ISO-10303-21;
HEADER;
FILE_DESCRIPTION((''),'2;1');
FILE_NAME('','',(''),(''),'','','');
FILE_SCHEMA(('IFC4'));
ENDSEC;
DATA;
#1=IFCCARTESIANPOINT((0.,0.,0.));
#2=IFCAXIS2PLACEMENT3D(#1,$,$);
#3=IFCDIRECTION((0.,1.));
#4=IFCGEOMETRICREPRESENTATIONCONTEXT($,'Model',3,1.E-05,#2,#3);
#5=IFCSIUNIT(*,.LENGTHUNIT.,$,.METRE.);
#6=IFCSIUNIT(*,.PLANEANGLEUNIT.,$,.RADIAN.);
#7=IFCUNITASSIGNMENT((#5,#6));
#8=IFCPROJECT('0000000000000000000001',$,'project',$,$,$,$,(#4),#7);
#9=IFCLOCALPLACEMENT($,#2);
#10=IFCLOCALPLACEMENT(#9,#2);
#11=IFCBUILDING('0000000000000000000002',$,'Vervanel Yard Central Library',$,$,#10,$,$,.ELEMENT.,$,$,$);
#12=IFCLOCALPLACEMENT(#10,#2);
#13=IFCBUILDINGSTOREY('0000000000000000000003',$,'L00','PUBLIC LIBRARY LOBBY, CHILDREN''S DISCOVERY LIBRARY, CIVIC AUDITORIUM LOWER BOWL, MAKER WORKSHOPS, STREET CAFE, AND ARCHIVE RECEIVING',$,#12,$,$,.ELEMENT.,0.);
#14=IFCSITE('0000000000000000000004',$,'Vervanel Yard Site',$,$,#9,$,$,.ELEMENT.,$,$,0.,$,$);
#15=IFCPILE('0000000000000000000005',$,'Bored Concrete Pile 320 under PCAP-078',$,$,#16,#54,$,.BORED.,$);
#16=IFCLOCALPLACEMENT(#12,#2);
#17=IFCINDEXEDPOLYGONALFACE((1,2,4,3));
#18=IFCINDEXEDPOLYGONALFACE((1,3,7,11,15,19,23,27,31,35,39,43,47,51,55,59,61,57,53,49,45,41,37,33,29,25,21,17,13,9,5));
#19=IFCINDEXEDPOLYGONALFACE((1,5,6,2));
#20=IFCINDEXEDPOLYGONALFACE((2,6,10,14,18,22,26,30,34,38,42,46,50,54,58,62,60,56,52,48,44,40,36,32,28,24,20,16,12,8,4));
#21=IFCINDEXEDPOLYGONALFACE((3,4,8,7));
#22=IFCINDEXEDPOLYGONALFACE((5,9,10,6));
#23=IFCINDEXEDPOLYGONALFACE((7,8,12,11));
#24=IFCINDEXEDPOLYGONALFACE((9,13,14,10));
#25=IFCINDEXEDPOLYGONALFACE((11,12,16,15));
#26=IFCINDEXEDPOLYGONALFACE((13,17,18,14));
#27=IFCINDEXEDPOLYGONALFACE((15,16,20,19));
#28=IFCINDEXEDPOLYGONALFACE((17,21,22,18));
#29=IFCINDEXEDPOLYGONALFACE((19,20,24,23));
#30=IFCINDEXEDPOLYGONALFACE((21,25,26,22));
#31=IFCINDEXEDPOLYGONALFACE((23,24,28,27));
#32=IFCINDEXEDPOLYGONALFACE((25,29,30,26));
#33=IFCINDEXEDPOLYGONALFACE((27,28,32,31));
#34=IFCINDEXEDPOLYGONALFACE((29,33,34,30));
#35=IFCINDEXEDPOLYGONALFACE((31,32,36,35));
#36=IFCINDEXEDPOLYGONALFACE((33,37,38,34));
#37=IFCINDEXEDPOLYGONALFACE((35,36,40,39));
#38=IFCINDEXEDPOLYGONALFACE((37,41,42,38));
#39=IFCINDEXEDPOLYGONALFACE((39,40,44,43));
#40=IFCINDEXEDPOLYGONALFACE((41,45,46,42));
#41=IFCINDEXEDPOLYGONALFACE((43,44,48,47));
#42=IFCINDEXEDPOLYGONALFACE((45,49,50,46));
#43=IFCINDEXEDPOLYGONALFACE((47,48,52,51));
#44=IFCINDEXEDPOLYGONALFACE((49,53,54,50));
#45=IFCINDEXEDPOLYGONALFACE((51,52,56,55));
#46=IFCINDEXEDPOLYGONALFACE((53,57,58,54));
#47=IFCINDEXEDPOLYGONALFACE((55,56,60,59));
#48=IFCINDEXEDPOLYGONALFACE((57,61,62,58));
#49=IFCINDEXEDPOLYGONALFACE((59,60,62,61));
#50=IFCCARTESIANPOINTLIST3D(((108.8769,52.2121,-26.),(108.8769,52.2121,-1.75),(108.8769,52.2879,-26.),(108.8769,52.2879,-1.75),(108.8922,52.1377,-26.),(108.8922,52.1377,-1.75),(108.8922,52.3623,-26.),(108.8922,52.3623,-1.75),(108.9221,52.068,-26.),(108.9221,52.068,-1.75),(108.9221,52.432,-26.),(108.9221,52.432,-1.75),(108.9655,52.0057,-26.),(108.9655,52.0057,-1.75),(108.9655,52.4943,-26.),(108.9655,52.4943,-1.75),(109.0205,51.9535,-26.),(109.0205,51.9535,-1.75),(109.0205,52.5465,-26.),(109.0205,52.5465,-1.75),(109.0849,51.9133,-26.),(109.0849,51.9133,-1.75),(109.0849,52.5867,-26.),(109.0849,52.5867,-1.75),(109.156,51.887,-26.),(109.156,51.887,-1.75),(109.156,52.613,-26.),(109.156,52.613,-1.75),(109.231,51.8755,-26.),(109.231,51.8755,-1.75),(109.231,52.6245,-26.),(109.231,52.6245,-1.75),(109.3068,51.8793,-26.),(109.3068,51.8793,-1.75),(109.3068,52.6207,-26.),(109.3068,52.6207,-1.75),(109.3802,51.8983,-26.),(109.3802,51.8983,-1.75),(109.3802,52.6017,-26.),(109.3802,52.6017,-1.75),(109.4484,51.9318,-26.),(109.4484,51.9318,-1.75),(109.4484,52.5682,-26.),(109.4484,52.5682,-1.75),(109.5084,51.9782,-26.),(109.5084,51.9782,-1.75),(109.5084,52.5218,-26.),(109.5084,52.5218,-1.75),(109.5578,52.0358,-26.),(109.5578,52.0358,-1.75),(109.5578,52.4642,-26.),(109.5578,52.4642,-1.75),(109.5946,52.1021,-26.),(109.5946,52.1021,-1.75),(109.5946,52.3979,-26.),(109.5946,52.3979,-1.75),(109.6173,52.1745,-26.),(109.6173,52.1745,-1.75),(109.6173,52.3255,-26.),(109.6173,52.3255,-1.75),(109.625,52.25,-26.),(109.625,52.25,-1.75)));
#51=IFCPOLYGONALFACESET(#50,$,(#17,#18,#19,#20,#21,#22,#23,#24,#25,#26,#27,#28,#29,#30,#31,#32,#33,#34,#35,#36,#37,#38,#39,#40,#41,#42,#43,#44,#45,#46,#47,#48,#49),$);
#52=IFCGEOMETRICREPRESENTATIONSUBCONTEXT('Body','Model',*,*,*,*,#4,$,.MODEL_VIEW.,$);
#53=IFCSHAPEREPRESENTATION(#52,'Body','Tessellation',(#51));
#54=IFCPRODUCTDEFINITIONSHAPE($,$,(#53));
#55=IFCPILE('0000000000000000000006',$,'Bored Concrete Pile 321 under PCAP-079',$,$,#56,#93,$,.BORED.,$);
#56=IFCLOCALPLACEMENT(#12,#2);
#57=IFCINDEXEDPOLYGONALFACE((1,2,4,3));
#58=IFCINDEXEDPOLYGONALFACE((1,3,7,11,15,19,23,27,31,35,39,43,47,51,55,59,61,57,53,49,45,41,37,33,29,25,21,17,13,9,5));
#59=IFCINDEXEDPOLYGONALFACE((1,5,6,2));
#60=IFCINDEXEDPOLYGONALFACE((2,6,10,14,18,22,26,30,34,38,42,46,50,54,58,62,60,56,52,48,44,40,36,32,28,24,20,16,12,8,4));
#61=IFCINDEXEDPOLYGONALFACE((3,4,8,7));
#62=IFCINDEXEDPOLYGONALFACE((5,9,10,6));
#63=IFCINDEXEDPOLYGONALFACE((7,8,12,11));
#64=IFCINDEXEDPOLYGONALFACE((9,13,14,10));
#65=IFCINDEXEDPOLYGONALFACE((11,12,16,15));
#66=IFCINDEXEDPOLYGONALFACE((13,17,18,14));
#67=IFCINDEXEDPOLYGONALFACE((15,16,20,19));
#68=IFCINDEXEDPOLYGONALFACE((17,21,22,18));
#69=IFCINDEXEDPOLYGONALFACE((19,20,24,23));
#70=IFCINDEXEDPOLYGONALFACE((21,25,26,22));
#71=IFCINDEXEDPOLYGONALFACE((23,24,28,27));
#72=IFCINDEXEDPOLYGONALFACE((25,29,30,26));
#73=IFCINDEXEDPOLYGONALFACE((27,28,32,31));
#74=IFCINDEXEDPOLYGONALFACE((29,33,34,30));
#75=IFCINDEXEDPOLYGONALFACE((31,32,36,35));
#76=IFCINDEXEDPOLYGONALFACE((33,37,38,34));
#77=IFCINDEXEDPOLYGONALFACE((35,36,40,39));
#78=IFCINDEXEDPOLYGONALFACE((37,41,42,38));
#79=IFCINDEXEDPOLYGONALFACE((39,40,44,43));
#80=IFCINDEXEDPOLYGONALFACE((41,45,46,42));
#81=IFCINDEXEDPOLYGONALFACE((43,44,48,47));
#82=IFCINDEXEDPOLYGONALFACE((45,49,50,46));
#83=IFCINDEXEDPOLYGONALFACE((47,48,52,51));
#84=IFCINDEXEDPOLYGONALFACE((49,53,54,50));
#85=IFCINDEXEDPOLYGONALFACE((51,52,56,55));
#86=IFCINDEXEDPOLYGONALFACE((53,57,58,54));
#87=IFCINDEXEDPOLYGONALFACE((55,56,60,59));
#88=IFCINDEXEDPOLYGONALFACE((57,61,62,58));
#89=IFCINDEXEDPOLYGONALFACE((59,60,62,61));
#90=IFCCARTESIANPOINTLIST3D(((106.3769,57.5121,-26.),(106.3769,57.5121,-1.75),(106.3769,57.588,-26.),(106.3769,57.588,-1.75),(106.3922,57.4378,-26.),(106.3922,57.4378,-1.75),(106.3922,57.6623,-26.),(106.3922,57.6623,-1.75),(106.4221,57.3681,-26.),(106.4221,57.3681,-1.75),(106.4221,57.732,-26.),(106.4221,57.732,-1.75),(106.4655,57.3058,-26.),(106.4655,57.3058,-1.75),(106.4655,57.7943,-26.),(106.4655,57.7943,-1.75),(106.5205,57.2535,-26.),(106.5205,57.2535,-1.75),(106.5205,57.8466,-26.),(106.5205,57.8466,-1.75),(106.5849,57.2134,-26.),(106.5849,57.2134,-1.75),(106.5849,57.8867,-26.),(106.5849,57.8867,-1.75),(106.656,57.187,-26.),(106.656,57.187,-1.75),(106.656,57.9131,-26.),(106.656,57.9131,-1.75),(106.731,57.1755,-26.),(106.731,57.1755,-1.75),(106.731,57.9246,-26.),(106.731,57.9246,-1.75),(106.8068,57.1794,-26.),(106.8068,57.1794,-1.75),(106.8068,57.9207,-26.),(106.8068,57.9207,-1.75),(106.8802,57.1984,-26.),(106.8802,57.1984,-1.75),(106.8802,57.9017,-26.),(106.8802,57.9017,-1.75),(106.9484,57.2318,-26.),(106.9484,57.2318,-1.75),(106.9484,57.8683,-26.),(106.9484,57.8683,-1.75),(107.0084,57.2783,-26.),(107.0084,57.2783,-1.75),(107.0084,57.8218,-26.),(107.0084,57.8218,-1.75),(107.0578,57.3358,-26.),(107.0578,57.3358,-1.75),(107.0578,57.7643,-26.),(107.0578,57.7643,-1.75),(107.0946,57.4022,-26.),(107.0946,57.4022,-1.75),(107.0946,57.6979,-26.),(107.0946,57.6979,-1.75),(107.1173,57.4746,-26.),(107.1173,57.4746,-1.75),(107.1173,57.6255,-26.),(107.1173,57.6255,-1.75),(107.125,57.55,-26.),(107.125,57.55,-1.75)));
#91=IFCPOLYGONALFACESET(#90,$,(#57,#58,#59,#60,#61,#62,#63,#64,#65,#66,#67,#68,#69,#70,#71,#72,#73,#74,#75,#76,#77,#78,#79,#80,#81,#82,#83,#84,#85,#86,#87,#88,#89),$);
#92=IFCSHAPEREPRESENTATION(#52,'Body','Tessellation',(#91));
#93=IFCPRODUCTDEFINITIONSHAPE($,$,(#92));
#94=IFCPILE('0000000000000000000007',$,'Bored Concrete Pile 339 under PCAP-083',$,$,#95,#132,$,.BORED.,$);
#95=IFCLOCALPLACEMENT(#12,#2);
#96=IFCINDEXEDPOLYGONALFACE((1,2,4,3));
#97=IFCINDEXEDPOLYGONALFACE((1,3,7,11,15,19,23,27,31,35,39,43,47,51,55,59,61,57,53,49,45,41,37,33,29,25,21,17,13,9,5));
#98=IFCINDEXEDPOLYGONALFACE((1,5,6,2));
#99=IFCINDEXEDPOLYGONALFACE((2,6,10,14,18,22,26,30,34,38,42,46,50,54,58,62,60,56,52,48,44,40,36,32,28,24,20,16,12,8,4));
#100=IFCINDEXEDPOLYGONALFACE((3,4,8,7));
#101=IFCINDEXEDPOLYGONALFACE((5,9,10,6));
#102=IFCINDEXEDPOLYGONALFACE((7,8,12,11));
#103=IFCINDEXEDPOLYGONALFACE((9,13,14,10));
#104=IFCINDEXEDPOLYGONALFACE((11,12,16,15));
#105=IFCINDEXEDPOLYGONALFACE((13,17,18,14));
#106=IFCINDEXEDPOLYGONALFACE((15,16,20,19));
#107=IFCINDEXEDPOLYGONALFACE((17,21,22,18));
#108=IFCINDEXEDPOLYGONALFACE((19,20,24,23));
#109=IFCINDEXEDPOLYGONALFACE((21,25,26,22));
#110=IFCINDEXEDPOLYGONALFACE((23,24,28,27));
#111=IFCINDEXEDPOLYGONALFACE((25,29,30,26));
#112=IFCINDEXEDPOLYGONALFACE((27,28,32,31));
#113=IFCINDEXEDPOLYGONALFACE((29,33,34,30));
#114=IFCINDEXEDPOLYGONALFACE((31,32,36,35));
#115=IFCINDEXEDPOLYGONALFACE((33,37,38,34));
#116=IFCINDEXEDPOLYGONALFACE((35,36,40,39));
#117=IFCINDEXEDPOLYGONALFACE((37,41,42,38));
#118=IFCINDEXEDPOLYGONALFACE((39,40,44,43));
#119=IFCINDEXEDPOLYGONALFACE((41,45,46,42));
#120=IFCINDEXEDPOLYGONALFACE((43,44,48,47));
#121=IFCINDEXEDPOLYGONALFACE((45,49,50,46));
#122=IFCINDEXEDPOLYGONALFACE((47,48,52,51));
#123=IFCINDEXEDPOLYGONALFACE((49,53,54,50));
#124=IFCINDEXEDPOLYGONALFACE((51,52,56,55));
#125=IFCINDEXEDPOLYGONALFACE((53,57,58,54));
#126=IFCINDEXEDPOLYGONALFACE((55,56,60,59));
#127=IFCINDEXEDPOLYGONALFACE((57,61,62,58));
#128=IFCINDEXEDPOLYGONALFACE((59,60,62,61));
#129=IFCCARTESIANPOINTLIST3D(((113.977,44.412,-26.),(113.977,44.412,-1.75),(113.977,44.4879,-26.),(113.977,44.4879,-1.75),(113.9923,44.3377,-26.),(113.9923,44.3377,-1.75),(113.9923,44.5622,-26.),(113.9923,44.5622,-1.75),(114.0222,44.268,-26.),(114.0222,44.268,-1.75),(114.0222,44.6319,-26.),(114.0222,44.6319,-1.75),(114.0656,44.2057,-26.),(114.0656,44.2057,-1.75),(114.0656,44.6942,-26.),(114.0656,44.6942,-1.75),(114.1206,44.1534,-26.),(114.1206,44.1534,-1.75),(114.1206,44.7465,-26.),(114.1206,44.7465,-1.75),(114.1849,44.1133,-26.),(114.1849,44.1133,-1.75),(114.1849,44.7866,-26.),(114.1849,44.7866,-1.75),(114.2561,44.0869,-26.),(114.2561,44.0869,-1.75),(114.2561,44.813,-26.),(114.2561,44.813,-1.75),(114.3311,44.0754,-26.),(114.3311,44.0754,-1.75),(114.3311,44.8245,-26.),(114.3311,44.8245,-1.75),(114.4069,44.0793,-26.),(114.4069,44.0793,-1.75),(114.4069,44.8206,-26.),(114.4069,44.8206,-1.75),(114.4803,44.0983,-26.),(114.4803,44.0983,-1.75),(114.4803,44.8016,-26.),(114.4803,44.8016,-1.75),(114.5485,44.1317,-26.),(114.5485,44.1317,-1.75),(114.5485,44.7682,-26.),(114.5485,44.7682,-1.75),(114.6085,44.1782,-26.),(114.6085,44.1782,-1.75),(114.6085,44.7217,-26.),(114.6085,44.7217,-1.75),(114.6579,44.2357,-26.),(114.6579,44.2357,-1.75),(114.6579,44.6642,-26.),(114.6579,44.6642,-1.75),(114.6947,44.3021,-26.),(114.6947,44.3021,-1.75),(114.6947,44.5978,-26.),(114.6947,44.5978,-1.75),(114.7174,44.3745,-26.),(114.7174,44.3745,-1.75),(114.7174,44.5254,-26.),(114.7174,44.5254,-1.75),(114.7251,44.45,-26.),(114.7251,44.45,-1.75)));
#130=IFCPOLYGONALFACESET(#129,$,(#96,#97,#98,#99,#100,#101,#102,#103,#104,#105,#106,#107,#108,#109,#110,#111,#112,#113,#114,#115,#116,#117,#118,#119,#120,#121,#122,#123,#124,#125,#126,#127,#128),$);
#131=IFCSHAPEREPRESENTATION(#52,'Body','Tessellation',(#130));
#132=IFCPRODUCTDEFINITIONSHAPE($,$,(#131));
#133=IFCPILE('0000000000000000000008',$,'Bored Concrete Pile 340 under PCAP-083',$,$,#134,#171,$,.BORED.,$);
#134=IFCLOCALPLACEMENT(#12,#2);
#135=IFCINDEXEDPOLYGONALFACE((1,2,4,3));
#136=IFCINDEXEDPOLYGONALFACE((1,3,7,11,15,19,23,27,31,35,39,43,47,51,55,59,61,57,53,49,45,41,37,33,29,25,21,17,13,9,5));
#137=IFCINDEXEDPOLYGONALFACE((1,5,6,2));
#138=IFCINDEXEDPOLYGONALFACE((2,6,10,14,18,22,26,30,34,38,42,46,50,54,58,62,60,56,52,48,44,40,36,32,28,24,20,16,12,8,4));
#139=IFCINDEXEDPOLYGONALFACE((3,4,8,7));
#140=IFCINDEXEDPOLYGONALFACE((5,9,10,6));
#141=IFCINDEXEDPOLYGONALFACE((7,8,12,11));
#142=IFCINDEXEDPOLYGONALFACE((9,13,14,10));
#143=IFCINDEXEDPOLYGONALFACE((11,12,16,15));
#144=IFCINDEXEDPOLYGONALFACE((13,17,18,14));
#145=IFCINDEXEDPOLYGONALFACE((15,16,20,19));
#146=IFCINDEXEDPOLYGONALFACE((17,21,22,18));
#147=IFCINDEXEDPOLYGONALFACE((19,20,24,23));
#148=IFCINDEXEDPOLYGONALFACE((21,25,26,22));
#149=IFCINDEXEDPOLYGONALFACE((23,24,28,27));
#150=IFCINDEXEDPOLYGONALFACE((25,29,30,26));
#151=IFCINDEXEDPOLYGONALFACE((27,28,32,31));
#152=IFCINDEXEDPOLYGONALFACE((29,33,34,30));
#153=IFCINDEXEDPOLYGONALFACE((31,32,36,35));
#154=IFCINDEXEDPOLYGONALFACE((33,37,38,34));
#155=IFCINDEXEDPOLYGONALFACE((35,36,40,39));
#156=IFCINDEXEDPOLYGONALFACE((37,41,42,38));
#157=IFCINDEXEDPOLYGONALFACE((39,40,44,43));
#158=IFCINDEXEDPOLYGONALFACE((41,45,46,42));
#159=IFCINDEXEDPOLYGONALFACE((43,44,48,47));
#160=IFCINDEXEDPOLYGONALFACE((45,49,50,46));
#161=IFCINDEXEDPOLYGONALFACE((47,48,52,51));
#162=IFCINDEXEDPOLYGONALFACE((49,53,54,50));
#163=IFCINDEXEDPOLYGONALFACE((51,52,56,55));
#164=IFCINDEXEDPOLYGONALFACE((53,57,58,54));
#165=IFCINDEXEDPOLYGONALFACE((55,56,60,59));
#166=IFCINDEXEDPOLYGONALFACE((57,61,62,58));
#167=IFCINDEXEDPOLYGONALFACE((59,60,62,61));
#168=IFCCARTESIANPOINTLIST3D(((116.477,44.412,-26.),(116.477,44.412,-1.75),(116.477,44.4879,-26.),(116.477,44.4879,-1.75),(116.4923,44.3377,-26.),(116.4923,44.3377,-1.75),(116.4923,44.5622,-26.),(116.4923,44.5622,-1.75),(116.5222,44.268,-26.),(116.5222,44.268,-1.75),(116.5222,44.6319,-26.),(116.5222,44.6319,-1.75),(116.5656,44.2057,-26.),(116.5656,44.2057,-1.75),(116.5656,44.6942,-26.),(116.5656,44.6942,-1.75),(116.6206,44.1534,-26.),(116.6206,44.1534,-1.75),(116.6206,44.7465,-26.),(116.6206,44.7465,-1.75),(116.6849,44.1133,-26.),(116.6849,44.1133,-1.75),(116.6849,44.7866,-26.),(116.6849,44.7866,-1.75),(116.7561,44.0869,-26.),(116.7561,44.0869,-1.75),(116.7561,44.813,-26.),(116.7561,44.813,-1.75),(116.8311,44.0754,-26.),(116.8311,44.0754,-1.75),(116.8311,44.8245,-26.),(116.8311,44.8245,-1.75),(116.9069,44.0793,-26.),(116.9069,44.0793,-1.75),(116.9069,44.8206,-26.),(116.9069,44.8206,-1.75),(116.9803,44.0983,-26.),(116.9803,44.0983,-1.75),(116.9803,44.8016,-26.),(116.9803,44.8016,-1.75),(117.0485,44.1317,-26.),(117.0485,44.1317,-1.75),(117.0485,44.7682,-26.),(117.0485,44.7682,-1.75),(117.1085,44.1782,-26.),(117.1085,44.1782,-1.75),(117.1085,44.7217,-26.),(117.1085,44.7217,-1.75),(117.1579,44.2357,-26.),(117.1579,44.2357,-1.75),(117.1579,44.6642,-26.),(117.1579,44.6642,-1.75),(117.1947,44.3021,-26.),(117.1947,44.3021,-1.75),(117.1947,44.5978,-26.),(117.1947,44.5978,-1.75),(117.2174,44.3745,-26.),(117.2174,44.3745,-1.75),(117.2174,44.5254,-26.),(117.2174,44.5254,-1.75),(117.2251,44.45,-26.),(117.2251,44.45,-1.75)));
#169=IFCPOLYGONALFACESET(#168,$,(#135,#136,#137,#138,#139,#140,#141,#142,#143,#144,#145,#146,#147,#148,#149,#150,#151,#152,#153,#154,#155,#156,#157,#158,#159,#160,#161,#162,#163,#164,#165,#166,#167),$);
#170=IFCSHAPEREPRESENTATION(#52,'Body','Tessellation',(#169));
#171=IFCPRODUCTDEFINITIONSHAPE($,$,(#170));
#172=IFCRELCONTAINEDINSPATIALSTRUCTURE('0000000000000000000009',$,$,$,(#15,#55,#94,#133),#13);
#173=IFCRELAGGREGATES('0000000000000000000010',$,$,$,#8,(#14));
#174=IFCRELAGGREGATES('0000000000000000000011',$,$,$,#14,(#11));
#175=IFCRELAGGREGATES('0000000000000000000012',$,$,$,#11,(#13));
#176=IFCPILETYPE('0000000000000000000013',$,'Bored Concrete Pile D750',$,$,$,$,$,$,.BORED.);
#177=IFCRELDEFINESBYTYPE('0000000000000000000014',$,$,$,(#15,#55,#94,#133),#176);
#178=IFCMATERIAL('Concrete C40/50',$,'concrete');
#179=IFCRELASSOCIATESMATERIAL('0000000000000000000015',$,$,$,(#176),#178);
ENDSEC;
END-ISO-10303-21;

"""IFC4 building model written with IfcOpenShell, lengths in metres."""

from ifc_helpers import new_model, si_unit, direction, frame, origin, origin_2d, place, context, subcontext, project, spatial, circle, extrude, material, material_profile, profile_set, type_object, element, save


model = new_model("IFC4")

# Units and contexts
model_context = context("Model", 3, precision=1e-05, world=origin(), true_north=direction((0.0, 1.0)))
body_context = subcontext(model_context, "Body", "Model", "MODEL_VIEW")
ifc_project = project(units=[si_unit("LENGTHUNIT", "METRE"), si_unit("PLANEANGLEUNIT", "RADIAN")], contexts=[model_context])

# Site, building, storey
site_placement = place(None, origin())
site = spatial("IfcSite", under=ifc_project, at=site_placement, Name="Vervanel Yard Site", CompositionType="ELEMENT", RefElevation=0.0)
building_placement = place(site_placement, origin())
building = spatial("IfcBuilding", under=site, at=building_placement, Name="Vervanel Yard Central Library", CompositionType="ELEMENT")
storey_placement = place(building_placement, origin())
storey = spatial("IfcBuildingStorey", under=building, at=storey_placement, Name="L00", Description="PUBLIC LIBRARY LOBBY, CHILDREN'S DISCOVERY LIBRARY, CIVIC AUDITORIUM LOWER BOWL, MAKER WORKSHOPS, STREET CAFE, AND ARCHIVE RECEIVING", CompositionType="ELEMENT", Elevation=0.0)

# Piles
ifc_material_1 = material(Name="Concrete C40/50", Category="concrete")
ifc_material_profile_1 = material_profile(ifc_material_1, circle(Radius=0.375, at=origin_2d()), Name="BP D750", Category="concrete")
ifc_profile_set_1 = profile_set([ifc_material_profile_1], Name="Concrete C40/50")
pile_type_1 = type_object("IfcPileType", Name="Bored Concrete Pile D750", PredefinedType="BORED", material=ifc_profile_set_1)
for number, where, z_axis, x_axis, name in (
    (1, (109.25, 52.25, -1.75), (0.0, 0.0, -1.0), (1.0, 0.0, 0.0), "Bored Concrete Pile 320 under PCAP-078"),
    (2, (106.75, 57.55, -1.75), (0.0, 0.0, -1.0), (1.0, 0.0, 0.0), "Bored Concrete Pile 321 under PCAP-079"),
    (3, (114.3501, 44.45, -1.75), (0.0, 0.0, -1.0), (1.0, 0.0, 0.0), "Bored Concrete Pile 339 under PCAP-083"),
    (4, (116.8501, 44.45, -1.75), (0.0, 0.0, -1.0), (1.0, 0.0, 0.0), "Bored Concrete Pile 340 under PCAP-083"),
):
    element("IfcPile", number, at=place(storey_placement, frame(where, z_axis=z_axis, x_axis=x_axis)), inside=storey, type_object=pile_type_1, Name=name, PredefinedType="BORED", context=body_context, shape_type="SweptSolid", body=[
        extrude(circle(Radius=0.375, at=origin_2d()), origin(), (0.0, 0.0, 1.0), 24.25),
    ])

save(model, "model.ifc")
